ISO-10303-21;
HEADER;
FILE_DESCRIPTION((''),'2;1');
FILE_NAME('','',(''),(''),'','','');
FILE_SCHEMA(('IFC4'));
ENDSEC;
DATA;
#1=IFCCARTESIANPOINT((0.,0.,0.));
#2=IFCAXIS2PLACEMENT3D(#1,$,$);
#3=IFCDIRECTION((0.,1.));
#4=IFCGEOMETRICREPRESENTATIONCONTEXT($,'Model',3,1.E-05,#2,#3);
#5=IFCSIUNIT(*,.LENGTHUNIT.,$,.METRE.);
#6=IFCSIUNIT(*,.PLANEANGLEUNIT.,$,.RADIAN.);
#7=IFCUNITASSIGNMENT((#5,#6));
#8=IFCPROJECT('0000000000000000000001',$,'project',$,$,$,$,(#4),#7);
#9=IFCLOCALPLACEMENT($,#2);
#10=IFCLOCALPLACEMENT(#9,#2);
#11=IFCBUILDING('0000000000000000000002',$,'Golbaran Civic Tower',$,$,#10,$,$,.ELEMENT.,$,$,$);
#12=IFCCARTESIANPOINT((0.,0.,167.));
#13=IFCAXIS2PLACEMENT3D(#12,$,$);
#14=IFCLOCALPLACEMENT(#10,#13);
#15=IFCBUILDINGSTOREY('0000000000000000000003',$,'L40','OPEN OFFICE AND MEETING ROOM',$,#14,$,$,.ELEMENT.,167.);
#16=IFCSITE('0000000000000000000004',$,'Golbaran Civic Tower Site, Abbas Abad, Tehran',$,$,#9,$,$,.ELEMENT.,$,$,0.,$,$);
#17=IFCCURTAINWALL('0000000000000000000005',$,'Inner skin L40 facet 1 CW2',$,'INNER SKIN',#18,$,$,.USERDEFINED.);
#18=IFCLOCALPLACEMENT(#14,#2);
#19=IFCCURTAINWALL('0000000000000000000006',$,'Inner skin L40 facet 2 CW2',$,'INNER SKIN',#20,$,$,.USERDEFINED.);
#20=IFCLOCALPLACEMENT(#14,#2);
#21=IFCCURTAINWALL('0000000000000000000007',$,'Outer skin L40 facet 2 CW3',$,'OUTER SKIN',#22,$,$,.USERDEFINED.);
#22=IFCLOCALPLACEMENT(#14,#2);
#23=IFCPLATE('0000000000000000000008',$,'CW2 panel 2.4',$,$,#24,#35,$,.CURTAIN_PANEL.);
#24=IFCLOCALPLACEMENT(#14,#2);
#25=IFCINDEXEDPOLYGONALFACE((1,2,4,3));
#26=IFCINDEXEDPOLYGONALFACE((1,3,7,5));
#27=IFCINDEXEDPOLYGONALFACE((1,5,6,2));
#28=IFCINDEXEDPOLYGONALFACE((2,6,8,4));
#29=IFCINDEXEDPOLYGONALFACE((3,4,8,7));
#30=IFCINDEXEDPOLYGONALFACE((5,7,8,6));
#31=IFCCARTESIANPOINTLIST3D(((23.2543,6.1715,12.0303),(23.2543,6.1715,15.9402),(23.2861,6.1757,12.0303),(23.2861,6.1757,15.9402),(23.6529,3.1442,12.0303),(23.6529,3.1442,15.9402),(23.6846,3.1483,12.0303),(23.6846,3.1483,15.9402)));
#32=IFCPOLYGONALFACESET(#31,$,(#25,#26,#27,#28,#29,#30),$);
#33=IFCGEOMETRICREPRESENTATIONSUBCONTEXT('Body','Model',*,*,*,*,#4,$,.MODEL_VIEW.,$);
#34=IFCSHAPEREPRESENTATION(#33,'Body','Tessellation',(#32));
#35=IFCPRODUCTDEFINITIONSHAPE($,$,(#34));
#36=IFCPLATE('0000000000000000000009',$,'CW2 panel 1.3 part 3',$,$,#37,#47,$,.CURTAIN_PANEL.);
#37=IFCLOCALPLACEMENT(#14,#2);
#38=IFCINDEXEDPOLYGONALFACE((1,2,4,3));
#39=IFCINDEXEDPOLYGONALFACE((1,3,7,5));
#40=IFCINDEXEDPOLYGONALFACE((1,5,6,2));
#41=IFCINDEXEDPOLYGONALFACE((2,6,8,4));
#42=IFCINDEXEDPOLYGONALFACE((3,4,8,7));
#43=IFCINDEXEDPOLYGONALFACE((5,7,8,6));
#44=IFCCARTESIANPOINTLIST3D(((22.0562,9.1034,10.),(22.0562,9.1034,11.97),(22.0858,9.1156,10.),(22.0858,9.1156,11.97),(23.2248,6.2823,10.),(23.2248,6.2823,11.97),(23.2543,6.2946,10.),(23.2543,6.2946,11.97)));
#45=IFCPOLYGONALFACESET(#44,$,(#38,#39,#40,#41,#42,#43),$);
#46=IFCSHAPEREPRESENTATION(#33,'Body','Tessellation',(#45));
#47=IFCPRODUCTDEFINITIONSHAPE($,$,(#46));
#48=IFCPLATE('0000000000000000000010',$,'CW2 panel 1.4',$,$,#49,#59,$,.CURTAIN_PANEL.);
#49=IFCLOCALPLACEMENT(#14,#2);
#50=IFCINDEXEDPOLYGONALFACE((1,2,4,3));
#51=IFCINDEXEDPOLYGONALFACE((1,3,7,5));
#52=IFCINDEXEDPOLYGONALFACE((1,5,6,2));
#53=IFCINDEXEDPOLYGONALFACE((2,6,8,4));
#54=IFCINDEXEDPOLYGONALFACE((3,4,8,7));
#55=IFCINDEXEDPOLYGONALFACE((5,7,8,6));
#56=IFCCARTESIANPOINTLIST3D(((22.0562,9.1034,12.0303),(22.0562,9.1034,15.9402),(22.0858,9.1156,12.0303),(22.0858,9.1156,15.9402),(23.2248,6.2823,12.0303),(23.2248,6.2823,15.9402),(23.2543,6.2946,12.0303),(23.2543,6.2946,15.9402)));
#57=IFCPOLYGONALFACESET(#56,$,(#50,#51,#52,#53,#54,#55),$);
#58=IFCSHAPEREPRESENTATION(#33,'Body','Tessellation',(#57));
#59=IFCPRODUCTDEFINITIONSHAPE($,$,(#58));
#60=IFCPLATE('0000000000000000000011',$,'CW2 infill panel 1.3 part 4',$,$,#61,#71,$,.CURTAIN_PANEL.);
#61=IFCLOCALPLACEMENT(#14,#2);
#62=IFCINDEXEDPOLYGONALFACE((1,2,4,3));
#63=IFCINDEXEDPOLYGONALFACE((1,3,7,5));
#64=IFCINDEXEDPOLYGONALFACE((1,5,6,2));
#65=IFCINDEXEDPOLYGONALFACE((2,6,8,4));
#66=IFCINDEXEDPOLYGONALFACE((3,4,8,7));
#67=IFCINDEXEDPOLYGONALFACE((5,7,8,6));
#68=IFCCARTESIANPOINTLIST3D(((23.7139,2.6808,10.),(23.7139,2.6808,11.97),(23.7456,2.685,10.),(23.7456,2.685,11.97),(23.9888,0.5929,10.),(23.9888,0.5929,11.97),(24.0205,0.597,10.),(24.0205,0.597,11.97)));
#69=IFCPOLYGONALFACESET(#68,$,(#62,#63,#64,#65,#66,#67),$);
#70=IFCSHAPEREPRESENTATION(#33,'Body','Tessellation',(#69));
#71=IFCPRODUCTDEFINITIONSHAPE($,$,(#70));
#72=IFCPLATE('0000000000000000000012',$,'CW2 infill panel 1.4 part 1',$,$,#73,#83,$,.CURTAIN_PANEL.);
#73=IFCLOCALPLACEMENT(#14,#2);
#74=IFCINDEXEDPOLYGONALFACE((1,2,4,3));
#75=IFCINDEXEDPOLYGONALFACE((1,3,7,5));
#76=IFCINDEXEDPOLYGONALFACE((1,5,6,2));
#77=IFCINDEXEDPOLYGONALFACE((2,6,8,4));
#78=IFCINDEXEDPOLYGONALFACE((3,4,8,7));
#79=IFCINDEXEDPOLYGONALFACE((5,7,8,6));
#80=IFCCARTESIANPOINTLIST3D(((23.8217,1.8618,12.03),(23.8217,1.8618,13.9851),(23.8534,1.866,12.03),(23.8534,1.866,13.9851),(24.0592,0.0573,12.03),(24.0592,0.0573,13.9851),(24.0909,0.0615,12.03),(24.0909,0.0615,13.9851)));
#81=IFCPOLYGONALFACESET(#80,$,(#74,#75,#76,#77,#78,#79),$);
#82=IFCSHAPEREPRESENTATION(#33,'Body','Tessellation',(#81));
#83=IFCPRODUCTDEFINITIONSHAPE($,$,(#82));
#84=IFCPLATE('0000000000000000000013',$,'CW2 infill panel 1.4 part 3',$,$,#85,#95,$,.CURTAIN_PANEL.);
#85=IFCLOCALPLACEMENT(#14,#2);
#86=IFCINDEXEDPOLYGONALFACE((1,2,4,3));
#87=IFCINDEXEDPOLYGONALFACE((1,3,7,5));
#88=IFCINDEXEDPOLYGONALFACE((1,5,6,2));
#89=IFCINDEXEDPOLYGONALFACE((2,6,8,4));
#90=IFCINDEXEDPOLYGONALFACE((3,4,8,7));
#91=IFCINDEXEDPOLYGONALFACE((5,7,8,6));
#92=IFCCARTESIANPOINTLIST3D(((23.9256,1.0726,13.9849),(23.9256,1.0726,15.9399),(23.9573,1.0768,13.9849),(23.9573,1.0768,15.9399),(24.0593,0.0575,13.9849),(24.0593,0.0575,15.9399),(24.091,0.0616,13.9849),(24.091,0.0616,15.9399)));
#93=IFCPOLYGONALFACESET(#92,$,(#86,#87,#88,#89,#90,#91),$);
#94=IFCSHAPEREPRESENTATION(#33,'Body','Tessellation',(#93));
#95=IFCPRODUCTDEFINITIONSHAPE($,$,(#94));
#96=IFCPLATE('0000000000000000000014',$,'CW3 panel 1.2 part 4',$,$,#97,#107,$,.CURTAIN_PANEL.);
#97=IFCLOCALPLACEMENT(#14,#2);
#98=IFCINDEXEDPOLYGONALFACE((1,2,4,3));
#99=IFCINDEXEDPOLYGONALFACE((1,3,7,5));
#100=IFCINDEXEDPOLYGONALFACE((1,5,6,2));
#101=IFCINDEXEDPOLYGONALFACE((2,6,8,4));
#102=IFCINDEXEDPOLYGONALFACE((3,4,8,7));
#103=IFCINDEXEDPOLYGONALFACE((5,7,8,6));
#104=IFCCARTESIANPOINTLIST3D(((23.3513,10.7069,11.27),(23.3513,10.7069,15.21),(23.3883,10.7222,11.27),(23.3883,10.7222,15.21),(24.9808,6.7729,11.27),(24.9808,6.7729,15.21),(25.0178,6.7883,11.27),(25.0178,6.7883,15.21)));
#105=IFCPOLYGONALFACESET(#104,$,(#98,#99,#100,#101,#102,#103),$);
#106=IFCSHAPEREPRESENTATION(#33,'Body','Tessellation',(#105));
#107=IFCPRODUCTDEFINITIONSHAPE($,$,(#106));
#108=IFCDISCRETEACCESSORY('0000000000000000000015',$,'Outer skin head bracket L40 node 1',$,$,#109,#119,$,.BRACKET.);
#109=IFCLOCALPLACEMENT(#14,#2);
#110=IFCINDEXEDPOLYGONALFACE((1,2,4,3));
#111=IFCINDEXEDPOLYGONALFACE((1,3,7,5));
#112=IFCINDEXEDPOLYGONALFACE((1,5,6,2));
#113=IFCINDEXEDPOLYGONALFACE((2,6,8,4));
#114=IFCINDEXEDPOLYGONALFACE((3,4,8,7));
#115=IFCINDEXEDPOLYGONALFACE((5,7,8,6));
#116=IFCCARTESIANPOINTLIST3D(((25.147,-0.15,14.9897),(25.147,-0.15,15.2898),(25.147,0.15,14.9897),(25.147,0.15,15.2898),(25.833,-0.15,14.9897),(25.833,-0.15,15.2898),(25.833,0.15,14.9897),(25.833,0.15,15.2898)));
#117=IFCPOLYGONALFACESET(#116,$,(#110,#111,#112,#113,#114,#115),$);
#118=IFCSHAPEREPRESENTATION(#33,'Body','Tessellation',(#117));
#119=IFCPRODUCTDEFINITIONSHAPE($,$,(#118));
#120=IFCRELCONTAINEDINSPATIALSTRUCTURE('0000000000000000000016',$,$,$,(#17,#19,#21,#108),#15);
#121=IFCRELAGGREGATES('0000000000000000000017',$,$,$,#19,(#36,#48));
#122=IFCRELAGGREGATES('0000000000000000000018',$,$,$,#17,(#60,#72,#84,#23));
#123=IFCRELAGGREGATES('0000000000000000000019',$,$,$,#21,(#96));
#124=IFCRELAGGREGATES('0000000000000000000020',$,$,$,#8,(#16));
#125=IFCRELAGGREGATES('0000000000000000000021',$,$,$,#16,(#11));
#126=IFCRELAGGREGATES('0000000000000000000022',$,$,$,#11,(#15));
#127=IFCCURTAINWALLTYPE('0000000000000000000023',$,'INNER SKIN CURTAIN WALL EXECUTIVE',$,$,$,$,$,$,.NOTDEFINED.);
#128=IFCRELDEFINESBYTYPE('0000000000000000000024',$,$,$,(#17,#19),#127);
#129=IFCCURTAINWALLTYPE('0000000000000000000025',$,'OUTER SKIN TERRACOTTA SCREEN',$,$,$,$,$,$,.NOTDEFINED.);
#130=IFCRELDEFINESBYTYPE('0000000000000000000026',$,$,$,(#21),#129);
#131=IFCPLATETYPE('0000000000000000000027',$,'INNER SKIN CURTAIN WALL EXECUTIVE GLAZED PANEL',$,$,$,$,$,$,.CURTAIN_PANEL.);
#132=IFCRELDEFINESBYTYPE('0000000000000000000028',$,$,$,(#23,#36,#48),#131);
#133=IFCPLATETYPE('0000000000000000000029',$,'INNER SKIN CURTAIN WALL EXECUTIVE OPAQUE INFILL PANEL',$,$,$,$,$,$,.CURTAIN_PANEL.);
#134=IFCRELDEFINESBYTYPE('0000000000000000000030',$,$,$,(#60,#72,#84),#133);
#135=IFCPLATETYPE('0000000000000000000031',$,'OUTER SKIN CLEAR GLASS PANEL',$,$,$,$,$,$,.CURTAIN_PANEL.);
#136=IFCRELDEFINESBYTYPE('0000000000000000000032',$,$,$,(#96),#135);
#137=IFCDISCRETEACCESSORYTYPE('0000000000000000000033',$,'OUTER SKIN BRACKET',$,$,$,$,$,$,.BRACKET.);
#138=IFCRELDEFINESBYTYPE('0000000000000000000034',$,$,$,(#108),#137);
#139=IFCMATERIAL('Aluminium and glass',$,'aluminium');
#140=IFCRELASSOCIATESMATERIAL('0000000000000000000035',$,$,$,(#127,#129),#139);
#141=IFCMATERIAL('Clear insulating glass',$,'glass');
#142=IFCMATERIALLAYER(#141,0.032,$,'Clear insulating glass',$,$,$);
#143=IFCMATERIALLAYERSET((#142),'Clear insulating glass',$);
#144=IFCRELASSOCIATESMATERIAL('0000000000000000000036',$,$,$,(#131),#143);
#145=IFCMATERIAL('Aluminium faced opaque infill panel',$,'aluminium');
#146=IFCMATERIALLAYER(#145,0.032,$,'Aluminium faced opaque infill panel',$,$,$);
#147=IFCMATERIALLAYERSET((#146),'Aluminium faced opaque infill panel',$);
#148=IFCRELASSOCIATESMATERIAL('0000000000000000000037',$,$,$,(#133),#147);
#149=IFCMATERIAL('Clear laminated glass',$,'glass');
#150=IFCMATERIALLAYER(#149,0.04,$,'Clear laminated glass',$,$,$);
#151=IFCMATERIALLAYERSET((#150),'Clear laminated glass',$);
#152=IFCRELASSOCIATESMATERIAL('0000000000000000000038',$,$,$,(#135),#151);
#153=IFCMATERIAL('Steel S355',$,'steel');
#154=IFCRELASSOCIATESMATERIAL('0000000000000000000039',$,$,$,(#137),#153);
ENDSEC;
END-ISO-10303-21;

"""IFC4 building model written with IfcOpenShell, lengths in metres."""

from ifc_helpers import new_model, si_unit, direction, frame, origin, origin_2d, place, context, subcontext, project, spatial, rectangle, extrude, material, layer, layer_set, type_object, element, aggregate, save


model = new_model("IFC4")

# Units and contexts
model_context = context("Model", 3, precision=1e-05, world=origin(), true_north=direction((0.0, 1.0)))
body_context = subcontext(model_context, "Body", "Model", "MODEL_VIEW")
ifc_project = project(units=[si_unit("LENGTHUNIT", "METRE"), si_unit("PLANEANGLEUNIT", "RADIAN")], contexts=[model_context])

# Site, building, storey
site_placement = place(None, origin())
site = spatial("IfcSite", under=ifc_project, at=site_placement, Name="Golbaran Civic Tower Site, Abbas Abad, Tehran", CompositionType="ELEMENT", RefElevation=0.0)
building_placement = place(site_placement, origin())
building = spatial("IfcBuilding", under=site, at=building_placement, Name="Golbaran Civic Tower", CompositionType="ELEMENT")
storey_placement = place(building_placement, frame((0.0, 0.0, 167.0)))
storey = spatial("IfcBuildingStorey", under=building, at=storey_placement, Name="L40", Description="OPEN OFFICE AND MEETING ROOM", CompositionType="ELEMENT", Elevation=167.0)

# Curtain walls
ifc_material_1 = material(Name="Aluminium and glass", Category="aluminium")
curtain_wall_type_1 = type_object("IfcCurtainWallType", Name="INNER SKIN CURTAIN WALL EXECUTIVE", PredefinedType="NOTDEFINED", material=ifc_material_1)
curtain_wall_1_placement = place(storey_placement, origin())
curtain_wall_1 = element("IfcCurtainWall", 1, at=curtain_wall_1_placement, inside=storey, type_object=curtain_wall_type_1, Name="Inner skin L40 facet 1 CW2", ObjectType="INNER SKIN", PredefinedType="USERDEFINED")
curtain_wall_2_placement = place(storey_placement, origin())
curtain_wall_2 = element("IfcCurtainWall", 2, at=curtain_wall_2_placement, inside=storey, type_object=curtain_wall_type_1, Name="Inner skin L40 facet 2 CW2", ObjectType="INNER SKIN", PredefinedType="USERDEFINED")

# Curtain wall
curtain_wall_type_2 = type_object("IfcCurtainWallType", Name="OUTER SKIN TERRACOTTA SCREEN", PredefinedType="NOTDEFINED", material=ifc_material_1)
curtain_wall_3_placement = place(storey_placement, origin())
curtain_wall_3 = element("IfcCurtainWall", 3, at=curtain_wall_3_placement, inside=storey, type_object=curtain_wall_type_2, Name="Outer skin L40 facet 2 CW3", ObjectType="OUTER SKIN", PredefinedType="USERDEFINED")

# Plates
ifc_material_2 = material(Name="Clear insulating glass", Category="glass")
ifc_layer_1 = layer(ifc_material_2, 0.032, Name="Clear insulating glass")
ifc_layer_set_1 = layer_set([ifc_layer_1], Name="Clear insulating glass")
plate_type_1 = type_object("IfcPlateType", Name="INNER SKIN CURTAIN WALL EXECUTIVE GLAZED PANEL", PredefinedType="CURTAIN_PANEL", material=ifc_layer_set_1)
plate_1_placement = place(storey_placement, frame((23.4695, 4.6599, 12.0303), z_axis=(0.0, 0.0, 1.0), x_axis=(-0.130526, 0.991445, 0.0)))
plate_1 = element("IfcPlate", 4, at=plate_1_placement, type_object=plate_type_1, Name="CW2 panel 2.4", PredefinedType="CURTAIN_PANEL", context=body_context, shape_type="SweptSolid", body=[
    extrude(rectangle(XDim=3.0535, YDim=0.032, at=origin_2d()), origin(), (0.0, 0.0, 1.0), 3.9099),
])
plate_2_placement = place(storey_placement, frame((22.6553, 7.699, 10.0), z_axis=(0.0, 0.0, 1.0), x_axis=(-0.382683, 0.92388, 0.0)))
plate_2 = element("IfcPlate", 5, at=plate_2_placement, type_object=plate_type_1, Name="CW2 panel 1.3 part 3", PredefinedType="CURTAIN_PANEL", context=body_context, shape_type="SweptSolid", body=[
    extrude(rectangle(XDim=3.0535, YDim=0.032, at=origin_2d()), origin(), (0.0, 0.0, 1.0), 1.97),
])
plate_3_placement = place(storey_placement, frame((22.6553, 7.699, 12.0303), z_axis=(0.0, 0.0, 1.0), x_axis=(-0.382683, 0.92388, 0.0)))
plate_3 = element("IfcPlate", 6, at=plate_3_placement, type_object=plate_type_1, Name="CW2 panel 1.4", PredefinedType="CURTAIN_PANEL", context=body_context, shape_type="SweptSolid", body=[
    extrude(rectangle(XDim=3.0535, YDim=0.032, at=origin_2d()), origin(), (0.0, 0.0, 1.0), 3.9099),
])
aggregate(curtain_wall_2, [plate_2, plate_3])
ifc_material_3 = material(Name="Aluminium faced opaque infill panel", Category="aluminium")
ifc_layer_2 = layer(ifc_material_3, 0.032, Name="Aluminium faced opaque infill panel")
ifc_layer_set_2 = layer_set([ifc_layer_2], Name="Aluminium faced opaque infill panel")
plate_type_2 = type_object("IfcPlateType", Name="INNER SKIN CURTAIN WALL EXECUTIVE OPAQUE INFILL PANEL", PredefinedType="CURTAIN_PANEL", material=ifc_layer_set_2)
plate_4_placement = place(storey_placement, frame((23.8672, 1.6389, 10.0), z_axis=(0.0, 0.0, 1.0), x_axis=(-0.130526, 0.991445, 0.0)))
plate_4 = element("IfcPlate", 7, at=plate_4_placement, type_object=plate_type_2, Name="CW2 infill panel 1.3 part 4", PredefinedType="CURTAIN_PANEL", context=body_context, shape_type="SweptSolid", body=[
    extrude(rectangle(XDim=2.106, YDim=0.032, at=origin_2d()), origin(), (0.0, 0.0, 1.0), 1.97),
])
plate_5_placement = place(storey_placement, frame((23.9563, 0.9617, 12.03), z_axis=(0.0, 0.0, 1.0), x_axis=(-0.130526, 0.991445, 0.0)))
plate_5 = element("IfcPlate", 8, at=plate_5_placement, type_object=plate_type_2, Name="CW2 infill panel 1.4 part 1", PredefinedType="CURTAIN_PANEL", context=body_context, shape_type="SweptSolid", body=[
    extrude(rectangle(XDim=1.8201, YDim=0.032, at=origin_2d()), origin(), (0.0, 0.0, 1.0), 1.9551),
])
plate_6_placement = place(storey_placement, frame((24.0083, 0.5671, 13.9849), z_axis=(0.0, 0.0, 1.0), x_axis=(-0.130526, 0.991445, 0.0)))
plate_6 = element("IfcPlate", 9, at=plate_6_placement, type_object=plate_type_2, Name="CW2 infill panel 1.4 part 3", PredefinedType="CURTAIN_PANEL", context=body_context, shape_type="SweptSolid", body=[
    extrude(rectangle(XDim=1.0239, YDim=0.032, at=origin_2d()), origin(), (0.0, 0.0, 1.0), 1.9551),
])
aggregate(curtain_wall_1, [plate_4, plate_5, plate_6, plate_1])
ifc_material_4 = material(Name="Clear laminated glass", Category="glass")
ifc_layer_3 = layer(ifc_material_4, 0.04, Name="Clear laminated glass")
ifc_layer_set_3 = layer_set([ifc_layer_3], Name="Clear laminated glass")
plate_type_3 = type_object("IfcPlateType", Name="OUTER SKIN CLEAR GLASS PANEL", PredefinedType="CURTAIN_PANEL", material=ifc_layer_set_3)
plate_7_placement = place(storey_placement, frame((24.1846, 8.7476, 11.27), z_axis=(0.0, 0.0, 1.0), x_axis=(-0.382683, 0.92388, 0.0)))
plate_7 = element("IfcPlate", 10, at=plate_7_placement, type_object=plate_type_3, Name="CW3 panel 1.2 part 4", PredefinedType="CURTAIN_PANEL", context=body_context, shape_type="SweptSolid", body=[
    extrude(rectangle(XDim=4.2581, YDim=0.04, at=origin_2d()), origin(), (0.0, 0.0, 1.0), 3.9399),
])
aggregate(curtain_wall_3, [plate_7])

# Discrete accessory
ifc_material_5 = material(Name="Steel S355", Category="steel")
discrete_accessory_type = type_object("IfcDiscreteAccessoryType", Name="OUTER SKIN BRACKET", PredefinedType="BRACKET", material=ifc_material_5)
discrete_accessory_placement = place(storey_placement, frame((25.49, 0.0, 14.9897), z_axis=(0.0, 0.0, 1.0), x_axis=(1.0, 0.0, 0.0)))
element("IfcDiscreteAccessory", 11, at=discrete_accessory_placement, inside=storey, type_object=discrete_accessory_type, Name="Outer skin head bracket L40 node 1", PredefinedType="BRACKET", context=body_context, shape_type="SweptSolid", body=[
    extrude(rectangle(XDim=0.686, YDim=0.3, at=origin_2d()), origin(), (0.0, 0.0, 1.0), 0.3),
])

save(model, "model.ifc")
